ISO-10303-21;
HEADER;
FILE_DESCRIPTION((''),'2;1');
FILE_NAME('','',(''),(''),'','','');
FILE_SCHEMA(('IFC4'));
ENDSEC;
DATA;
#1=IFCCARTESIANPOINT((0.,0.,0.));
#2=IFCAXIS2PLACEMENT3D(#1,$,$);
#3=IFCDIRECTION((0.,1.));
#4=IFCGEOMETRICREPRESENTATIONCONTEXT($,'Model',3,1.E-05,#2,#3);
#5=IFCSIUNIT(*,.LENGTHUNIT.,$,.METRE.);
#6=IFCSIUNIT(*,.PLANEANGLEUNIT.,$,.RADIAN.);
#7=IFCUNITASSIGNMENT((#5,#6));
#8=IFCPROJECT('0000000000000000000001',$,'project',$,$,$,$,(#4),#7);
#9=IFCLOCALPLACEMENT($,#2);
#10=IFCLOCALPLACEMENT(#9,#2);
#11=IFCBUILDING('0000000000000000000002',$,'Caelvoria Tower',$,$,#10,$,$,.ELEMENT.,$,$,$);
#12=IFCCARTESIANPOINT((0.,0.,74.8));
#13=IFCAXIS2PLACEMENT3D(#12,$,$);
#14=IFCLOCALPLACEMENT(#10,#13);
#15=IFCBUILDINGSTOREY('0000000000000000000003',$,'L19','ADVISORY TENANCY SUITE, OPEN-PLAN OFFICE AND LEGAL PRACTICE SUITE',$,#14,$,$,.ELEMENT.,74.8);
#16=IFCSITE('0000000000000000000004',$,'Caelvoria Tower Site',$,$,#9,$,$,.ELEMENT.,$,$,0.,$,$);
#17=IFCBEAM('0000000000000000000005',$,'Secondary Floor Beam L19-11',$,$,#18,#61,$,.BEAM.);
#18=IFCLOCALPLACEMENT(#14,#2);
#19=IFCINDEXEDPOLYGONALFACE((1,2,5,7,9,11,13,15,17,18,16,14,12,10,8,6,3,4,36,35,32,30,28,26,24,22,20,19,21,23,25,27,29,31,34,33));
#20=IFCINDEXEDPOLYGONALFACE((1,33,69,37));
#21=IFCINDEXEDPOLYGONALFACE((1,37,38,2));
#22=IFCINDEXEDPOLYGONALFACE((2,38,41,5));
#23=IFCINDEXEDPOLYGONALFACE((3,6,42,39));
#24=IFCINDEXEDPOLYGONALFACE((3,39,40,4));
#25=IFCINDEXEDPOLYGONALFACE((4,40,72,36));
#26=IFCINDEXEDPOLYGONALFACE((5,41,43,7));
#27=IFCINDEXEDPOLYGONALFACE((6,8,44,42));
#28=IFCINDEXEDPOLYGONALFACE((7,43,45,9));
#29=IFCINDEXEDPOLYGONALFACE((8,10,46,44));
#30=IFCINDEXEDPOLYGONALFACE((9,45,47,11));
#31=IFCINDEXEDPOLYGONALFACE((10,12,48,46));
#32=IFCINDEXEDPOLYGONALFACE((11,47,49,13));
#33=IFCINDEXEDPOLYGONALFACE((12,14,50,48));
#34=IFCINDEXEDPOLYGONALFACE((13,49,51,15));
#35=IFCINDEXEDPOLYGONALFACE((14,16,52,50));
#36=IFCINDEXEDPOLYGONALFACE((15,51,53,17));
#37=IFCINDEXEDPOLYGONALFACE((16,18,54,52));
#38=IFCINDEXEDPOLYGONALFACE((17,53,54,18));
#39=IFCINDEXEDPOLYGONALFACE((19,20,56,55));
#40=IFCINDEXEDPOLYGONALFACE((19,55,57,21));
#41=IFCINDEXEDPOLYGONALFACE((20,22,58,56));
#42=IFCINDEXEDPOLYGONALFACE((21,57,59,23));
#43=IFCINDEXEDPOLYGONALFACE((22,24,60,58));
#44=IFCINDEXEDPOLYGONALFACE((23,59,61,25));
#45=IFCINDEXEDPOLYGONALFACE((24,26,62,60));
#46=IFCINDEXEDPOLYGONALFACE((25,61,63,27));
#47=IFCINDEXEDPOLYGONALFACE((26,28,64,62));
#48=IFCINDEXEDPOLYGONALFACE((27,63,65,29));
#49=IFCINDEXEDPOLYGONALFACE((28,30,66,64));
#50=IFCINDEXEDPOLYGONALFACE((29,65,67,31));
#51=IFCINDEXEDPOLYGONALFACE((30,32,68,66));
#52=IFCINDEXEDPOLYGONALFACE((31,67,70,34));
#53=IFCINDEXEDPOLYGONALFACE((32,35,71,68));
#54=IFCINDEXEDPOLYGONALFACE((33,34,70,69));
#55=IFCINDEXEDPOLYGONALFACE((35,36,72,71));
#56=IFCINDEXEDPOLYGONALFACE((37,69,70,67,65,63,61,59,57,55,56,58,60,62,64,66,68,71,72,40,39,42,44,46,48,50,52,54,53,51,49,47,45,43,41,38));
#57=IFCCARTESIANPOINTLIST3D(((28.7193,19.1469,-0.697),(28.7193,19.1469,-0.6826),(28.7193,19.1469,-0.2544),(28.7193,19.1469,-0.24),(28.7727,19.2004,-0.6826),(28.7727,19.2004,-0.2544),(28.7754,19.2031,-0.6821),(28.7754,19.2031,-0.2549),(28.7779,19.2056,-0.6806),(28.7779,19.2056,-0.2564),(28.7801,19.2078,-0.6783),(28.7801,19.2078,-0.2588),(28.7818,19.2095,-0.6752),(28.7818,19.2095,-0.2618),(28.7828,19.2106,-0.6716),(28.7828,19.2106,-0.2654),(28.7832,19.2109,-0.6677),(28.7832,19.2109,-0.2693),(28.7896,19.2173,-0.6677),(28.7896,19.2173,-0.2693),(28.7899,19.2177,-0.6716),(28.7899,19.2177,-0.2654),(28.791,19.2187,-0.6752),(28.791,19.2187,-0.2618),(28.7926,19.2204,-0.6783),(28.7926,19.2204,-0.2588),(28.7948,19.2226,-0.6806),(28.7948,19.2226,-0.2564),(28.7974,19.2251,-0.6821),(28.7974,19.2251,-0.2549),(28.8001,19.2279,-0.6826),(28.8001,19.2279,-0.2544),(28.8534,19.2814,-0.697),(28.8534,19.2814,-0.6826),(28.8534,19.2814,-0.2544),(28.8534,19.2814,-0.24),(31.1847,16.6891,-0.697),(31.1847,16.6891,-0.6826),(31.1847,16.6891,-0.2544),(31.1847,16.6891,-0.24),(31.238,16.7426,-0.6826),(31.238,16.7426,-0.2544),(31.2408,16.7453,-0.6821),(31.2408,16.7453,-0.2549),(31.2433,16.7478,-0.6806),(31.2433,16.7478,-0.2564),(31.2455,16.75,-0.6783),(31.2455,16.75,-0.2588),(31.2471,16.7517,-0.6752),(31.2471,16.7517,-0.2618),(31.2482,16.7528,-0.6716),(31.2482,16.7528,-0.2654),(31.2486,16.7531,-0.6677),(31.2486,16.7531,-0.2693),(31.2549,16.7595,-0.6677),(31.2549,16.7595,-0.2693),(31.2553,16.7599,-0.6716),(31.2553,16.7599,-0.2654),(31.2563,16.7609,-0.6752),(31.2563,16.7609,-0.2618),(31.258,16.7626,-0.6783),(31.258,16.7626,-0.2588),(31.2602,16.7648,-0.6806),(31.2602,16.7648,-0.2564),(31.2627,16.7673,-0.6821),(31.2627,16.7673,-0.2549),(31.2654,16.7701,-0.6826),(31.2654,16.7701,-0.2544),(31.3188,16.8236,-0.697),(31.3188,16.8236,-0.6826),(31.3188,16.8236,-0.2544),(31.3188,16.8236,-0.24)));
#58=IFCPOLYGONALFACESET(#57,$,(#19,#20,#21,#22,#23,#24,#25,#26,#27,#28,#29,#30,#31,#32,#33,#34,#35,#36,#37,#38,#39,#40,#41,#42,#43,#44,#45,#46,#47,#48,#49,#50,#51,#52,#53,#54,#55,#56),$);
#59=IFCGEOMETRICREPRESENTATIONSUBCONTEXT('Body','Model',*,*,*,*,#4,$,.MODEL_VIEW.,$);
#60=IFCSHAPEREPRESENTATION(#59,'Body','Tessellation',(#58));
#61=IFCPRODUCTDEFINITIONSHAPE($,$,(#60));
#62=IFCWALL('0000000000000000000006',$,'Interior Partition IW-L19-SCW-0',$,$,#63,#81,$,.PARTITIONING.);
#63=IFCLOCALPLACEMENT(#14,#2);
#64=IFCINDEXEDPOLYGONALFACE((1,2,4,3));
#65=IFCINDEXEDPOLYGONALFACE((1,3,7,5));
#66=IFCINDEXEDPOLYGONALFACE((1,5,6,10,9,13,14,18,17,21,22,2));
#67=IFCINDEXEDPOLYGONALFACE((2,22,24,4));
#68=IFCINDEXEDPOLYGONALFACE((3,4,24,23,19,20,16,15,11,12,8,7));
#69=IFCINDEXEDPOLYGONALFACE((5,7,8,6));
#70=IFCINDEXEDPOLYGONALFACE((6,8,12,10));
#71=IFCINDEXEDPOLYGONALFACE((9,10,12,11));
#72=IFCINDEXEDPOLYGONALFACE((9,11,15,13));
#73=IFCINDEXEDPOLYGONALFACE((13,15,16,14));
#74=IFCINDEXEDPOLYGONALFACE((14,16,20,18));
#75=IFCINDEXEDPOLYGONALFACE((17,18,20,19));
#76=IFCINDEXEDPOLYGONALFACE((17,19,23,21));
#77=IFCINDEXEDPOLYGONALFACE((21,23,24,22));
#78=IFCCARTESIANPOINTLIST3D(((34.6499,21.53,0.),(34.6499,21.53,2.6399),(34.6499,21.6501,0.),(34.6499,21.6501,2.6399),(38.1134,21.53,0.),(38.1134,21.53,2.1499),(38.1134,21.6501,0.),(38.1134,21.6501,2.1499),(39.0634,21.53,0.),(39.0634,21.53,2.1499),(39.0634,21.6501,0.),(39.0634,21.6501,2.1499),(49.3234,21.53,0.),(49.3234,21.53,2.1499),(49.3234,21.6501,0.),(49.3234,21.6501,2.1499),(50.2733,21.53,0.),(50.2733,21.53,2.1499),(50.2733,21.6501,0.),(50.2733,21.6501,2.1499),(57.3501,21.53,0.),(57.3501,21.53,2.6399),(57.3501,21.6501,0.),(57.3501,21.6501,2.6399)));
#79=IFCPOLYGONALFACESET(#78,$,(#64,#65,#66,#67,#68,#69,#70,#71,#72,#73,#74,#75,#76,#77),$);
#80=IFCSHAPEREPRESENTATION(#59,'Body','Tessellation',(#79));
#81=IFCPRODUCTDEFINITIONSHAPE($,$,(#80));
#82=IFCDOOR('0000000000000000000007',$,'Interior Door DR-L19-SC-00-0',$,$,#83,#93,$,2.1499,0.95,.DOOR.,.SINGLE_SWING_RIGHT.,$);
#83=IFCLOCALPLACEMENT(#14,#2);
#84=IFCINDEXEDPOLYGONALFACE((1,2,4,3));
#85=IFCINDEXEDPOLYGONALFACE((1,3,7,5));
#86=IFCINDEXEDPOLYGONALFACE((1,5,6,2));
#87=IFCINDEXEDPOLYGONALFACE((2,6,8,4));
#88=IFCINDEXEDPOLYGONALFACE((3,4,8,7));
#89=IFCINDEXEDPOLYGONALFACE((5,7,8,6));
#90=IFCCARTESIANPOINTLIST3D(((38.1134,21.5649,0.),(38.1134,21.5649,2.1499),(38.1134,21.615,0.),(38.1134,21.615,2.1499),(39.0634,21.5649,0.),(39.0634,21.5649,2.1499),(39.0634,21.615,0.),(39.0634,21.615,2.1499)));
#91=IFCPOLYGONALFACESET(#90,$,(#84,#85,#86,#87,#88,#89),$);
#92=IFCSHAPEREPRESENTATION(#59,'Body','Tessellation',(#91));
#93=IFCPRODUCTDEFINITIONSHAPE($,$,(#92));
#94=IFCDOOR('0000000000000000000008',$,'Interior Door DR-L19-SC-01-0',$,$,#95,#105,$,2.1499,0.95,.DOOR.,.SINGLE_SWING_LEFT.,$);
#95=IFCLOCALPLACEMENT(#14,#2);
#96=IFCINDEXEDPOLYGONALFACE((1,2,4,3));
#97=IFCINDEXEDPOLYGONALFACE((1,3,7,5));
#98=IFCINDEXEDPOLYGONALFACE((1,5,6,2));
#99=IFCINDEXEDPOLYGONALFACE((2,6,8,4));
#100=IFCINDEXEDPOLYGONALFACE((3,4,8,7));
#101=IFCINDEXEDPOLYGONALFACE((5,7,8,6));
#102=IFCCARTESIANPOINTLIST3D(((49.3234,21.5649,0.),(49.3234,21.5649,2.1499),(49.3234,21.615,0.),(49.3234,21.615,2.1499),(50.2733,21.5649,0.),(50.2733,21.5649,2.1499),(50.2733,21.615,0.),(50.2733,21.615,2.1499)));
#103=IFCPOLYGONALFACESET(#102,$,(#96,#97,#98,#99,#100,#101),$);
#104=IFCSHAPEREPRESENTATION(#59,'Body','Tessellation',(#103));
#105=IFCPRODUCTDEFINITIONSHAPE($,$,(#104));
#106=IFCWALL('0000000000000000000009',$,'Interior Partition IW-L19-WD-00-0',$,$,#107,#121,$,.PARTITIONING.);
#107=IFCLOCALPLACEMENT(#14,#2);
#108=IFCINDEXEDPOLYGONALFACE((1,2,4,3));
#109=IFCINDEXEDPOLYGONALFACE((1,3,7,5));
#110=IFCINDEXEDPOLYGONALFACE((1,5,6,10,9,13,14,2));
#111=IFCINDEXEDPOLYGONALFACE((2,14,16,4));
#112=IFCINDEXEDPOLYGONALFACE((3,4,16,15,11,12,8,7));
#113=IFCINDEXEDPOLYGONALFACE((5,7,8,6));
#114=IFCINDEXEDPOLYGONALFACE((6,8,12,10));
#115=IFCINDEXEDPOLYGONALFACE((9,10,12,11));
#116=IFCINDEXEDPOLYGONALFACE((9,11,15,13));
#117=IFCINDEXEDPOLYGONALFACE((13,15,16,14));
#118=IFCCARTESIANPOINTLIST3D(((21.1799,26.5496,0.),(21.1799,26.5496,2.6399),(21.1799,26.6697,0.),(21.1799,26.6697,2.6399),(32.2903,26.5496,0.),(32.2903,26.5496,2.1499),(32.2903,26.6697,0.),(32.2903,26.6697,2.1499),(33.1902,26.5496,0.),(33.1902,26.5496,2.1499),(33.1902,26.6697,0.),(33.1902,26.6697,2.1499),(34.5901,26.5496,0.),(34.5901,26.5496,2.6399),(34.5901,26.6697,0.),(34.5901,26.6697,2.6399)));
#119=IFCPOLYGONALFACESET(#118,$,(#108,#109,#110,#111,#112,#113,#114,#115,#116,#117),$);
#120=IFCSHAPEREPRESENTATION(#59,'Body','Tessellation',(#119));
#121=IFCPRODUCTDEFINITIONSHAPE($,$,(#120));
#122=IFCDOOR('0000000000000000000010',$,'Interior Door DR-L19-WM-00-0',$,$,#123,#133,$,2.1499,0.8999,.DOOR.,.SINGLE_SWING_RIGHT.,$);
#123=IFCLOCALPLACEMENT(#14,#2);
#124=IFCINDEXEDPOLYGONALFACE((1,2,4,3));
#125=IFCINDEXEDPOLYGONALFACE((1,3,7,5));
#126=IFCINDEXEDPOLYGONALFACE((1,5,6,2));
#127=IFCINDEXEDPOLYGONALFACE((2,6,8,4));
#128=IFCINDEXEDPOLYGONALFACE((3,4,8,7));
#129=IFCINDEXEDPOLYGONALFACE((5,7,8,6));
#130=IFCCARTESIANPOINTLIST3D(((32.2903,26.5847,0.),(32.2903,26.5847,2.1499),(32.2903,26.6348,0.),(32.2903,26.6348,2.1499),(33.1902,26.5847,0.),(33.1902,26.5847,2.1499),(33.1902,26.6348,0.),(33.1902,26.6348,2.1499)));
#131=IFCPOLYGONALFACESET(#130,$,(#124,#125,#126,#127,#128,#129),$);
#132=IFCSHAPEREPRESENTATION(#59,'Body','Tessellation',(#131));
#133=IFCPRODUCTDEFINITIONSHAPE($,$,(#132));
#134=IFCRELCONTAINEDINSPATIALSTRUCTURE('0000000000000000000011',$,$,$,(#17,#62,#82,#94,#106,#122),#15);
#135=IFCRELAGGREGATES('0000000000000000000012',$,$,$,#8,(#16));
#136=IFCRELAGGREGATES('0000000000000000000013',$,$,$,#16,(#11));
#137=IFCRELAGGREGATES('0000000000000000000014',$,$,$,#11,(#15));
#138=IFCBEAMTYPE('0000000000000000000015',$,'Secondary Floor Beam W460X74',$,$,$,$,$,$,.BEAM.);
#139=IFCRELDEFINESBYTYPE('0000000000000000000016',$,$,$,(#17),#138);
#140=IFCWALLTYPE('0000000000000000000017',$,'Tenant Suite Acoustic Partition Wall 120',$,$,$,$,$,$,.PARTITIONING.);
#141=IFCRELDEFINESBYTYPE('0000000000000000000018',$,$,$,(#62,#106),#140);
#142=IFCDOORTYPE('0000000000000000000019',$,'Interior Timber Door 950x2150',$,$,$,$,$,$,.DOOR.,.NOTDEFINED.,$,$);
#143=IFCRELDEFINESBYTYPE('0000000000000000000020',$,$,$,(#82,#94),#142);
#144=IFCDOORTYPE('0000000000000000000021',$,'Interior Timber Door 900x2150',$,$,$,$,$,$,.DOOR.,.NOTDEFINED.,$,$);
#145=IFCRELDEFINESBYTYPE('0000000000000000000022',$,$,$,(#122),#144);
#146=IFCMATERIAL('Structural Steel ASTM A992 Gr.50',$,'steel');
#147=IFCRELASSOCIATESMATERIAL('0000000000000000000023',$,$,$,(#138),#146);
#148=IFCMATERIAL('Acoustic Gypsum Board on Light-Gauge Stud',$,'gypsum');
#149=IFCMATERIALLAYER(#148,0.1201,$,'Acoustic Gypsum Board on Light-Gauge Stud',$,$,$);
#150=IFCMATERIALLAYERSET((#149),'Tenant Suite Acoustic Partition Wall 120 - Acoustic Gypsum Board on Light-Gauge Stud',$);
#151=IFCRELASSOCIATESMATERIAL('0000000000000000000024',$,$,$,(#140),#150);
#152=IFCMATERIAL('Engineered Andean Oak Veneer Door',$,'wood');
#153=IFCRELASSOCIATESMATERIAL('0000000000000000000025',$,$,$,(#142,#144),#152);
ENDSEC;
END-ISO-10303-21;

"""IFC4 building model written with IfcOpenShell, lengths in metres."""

from ifc_helpers import new_model, si_unit, direction, frame, frame_2d, origin, origin_2d, place, context, subcontext, project, spatial, rectangle, i_section, extrude, material, layer, layer_set, material_profile, profile_set, type_object, element, fill, save


model = new_model("IFC4")

# Units and contexts
model_context = context("Model", 3, precision=1e-05, world=origin(), true_north=direction((0.0, 1.0)))
body_context = subcontext(model_context, "Body", "Model", "MODEL_VIEW")
ifc_project = project(units=[si_unit("LENGTHUNIT", "METRE"), si_unit("PLANEANGLEUNIT", "RADIAN")], contexts=[model_context])

# Site, building, storey
site_placement = place(None, origin())
site = spatial("IfcSite", under=ifc_project, at=site_placement, Name="Caelvoria Tower Site", CompositionType="ELEMENT", RefElevation=0.0)
building_placement = place(site_placement, origin())
building = spatial("IfcBuilding", under=site, at=building_placement, Name="Caelvoria Tower", CompositionType="ELEMENT")
storey_placement = place(building_placement, frame((0.0, 0.0, 74.8)))
storey = spatial("IfcBuildingStorey", under=building, at=storey_placement, Name="L19", Description="ADVISORY TENANCY SUITE, OPEN-PLAN OFFICE AND LEGAL PRACTICE SUITE", CompositionType="ELEMENT", Elevation=74.8)

# Beam
ifc_material_1 = material(Name="Structural Steel ASTM A992 Gr.50", Category="steel")
ifc_material_profile = material_profile(ifc_material_1, i_section(OverallWidth=0.1899, OverallDepth=0.457, WebThickness=0.009, FlangeThickness=0.0144, FilletRadius=0.0149, at=origin_2d()), Name="Structural Steel ASTM A992 Gr.50")
ifc_profile_set = profile_set([ifc_material_profile], Name="W460X74 - Structural Steel ASTM A992 Gr.50")
beam_type = type_object("IfcBeamType", Name="Secondary Floor Beam W460X74", PredefinedType="BEAM", material=ifc_profile_set)
beam_placement = place(storey_placement, frame((28.7864, 19.2141, -0.4685), z_axis=(0.708193, -0.706019, 0.0), x_axis=(0.706019, 0.708193, 0.0)))
element("IfcBeam", 1, at=beam_placement, inside=storey, type_object=beam_type, Name="Secondary Floor Beam L19-11", PredefinedType="BEAM", context=body_context, shape_type="SweptSolid", body=[
    extrude(i_section(OverallWidth=0.1899, OverallDepth=0.457, WebThickness=0.009, FlangeThickness=0.0144, FilletRadius=0.0149, at=origin_2d()), origin(), (0.0, 0.0, 1.0), 3.4812),
])

# Wall, openings, doors
ifc_material_2 = material(Name="Acoustic Gypsum Board on Light-Gauge Stud", Category="gypsum")
ifc_layer_1 = layer(ifc_material_2, 0.1201, Name="Acoustic Gypsum Board on Light-Gauge Stud")
ifc_layer_set_1 = layer_set([ifc_layer_1], Name="Tenant Suite Acoustic Partition Wall 120 - Acoustic Gypsum Board on Light-Gauge Stud")
wall_type_1 = type_object("IfcWallType", Name="Tenant Suite Acoustic Partition Wall 120", PredefinedType="PARTITIONING", material=ifc_layer_set_1)
wall_1_placement = place(storey_placement, frame((34.6499, 21.5901, 0.0), z_axis=(0.0, 0.0, 1.0), x_axis=(1.0, 0.0, 0.0)))
wall_1 = element("IfcWall", 2, at=wall_1_placement, inside=storey, type_object=wall_type_1, Name="Interior Partition IW-L19-SCW-0", PredefinedType="PARTITIONING", context=body_context, shape_type="SweptSolid", body=[
    extrude(rectangle(XDim=22.7002, YDim=0.1201, at=frame_2d((11.3501, 0.0))), origin(), (0.0, 0.0, 1.0), 2.6399),
])
opening_1_placement = place(wall_1_placement, frame((3.4634, 0.0, 0.0)))
opening_1 = element("IfcOpeningElement", 3, at=opening_1_placement, cuts=wall_1, PredefinedType="OPENING", context=body_context, shape_type="SweptSolid", body=[
    extrude(rectangle(XDim=0.95, YDim=2.1499, at=frame_2d((0.4751, 1.075))), frame((0.0, 0.0701, 0.0), z_axis=(0.0, -1.0, 0.0), x_axis=(1.0, 0.0, 0.0)), (0.0, 0.0, 1.0), 0.1401),
])
opening_2_placement = place(wall_1_placement, frame((14.6733, 0.0, 0.0)))
opening_2 = element("IfcOpeningElement", 4, at=opening_2_placement, cuts=wall_1, PredefinedType="OPENING", context=body_context, shape_type="SweptSolid", body=[
    extrude(rectangle(XDim=0.95, YDim=2.1499, at=frame_2d((0.4751, 1.075))), frame((0.0, 0.0701, 0.0), z_axis=(0.0, -1.0, 0.0), x_axis=(1.0, 0.0, 0.0)), (0.0, 0.0, 1.0), 0.1401),
])
ifc_material_3 = material(Name="Engineered Andean Oak Veneer Door", Category="wood")
door_type_1 = type_object("IfcDoorType", Name="Interior Timber Door 950x2150", OperationType="NOTDEFINED", PredefinedType="DOOR", material=ifc_material_3)
door_1_placement = place(opening_1_placement, origin())
door_1 = element("IfcDoor", 5, at=door_1_placement, inside=storey, type_object=door_type_1, Name="Interior Door DR-L19-SC-00-0", OperationType="SINGLE_SWING_RIGHT", OverallHeight=2.1499, OverallWidth=0.95, PredefinedType="DOOR", context=body_context, shape_type="SweptSolid", body=[
    extrude(rectangle(XDim=0.95, YDim=2.1499, at=frame_2d((0.4751, 1.075))), frame((0.0, 0.0249, 0.0), z_axis=(0.0, -1.0, 0.0), x_axis=(1.0, 0.0, 0.0)), (0.0, 0.0, 1.0), 0.05),
])
fill(opening_1, door_1)
door_2_placement = place(opening_2_placement, origin())
door_2 = element("IfcDoor", 6, at=door_2_placement, inside=storey, type_object=door_type_1, Name="Interior Door DR-L19-SC-01-0", OperationType="SINGLE_SWING_LEFT", OverallHeight=2.1499, OverallWidth=0.95, PredefinedType="DOOR", context=body_context, shape_type="SweptSolid", body=[
    extrude(rectangle(XDim=0.95, YDim=2.1499, at=frame_2d((0.4751, 1.075))), frame((0.0, 0.0249, 0.0), z_axis=(0.0, -1.0, 0.0), x_axis=(1.0, 0.0, 0.0)), (0.0, 0.0, 1.0), 0.05),
])
fill(opening_2, door_2)

# Wall, opening, door
wall_2_placement = place(storey_placement, frame((34.5901, 26.6096, 0.0), z_axis=(0.0, 0.0, 1.0), x_axis=(-1.0, 0.0, 0.0)))
wall_2 = element("IfcWall", 7, at=wall_2_placement, inside=storey, type_object=wall_type_1, Name="Interior Partition IW-L19-WD-00-0", PredefinedType="PARTITIONING", context=body_context, shape_type="SweptSolid", body=[
    extrude(rectangle(XDim=13.4102, YDim=0.1201, at=frame_2d((6.7051, 0.0))), origin(), (0.0, 0.0, 1.0), 2.6399),
])
opening_3_placement = place(wall_2_placement, frame((1.3999, 0.0, 0.0)))
opening_3 = element("IfcOpeningElement", 8, at=opening_3_placement, cuts=wall_2, PredefinedType="OPENING", context=body_context, shape_type="SweptSolid", body=[
    extrude(rectangle(XDim=0.8999, YDim=2.1499, at=frame_2d((0.45, 1.075))), frame((0.0, 0.0701, 0.0), z_axis=(0.0, -1.0, 0.0), x_axis=(1.0, 0.0, 0.0)), (0.0, 0.0, 1.0), 0.1401),
])
door_type_2 = type_object("IfcDoorType", Name="Interior Timber Door 900x2150", OperationType="NOTDEFINED", PredefinedType="DOOR", material=ifc_material_3)
door_3_placement = place(opening_3_placement, origin())
door_3 = element("IfcDoor", 9, at=door_3_placement, inside=storey, type_object=door_type_2, Name="Interior Door DR-L19-WM-00-0", OperationType="SINGLE_SWING_RIGHT", OverallHeight=2.1499, OverallWidth=0.8999, PredefinedType="DOOR", context=body_context, shape_type="SweptSolid", body=[
    extrude(rectangle(XDim=0.8999, YDim=2.1499, at=frame_2d((0.45, 1.075))), frame((0.0, 0.0249, 0.0), z_axis=(0.0, -1.0, 0.0), x_axis=(1.0, 0.0, 0.0)), (0.0, 0.0, 1.0), 0.05),
])
fill(opening_3, door_3)

save(model, "model.ifc")
